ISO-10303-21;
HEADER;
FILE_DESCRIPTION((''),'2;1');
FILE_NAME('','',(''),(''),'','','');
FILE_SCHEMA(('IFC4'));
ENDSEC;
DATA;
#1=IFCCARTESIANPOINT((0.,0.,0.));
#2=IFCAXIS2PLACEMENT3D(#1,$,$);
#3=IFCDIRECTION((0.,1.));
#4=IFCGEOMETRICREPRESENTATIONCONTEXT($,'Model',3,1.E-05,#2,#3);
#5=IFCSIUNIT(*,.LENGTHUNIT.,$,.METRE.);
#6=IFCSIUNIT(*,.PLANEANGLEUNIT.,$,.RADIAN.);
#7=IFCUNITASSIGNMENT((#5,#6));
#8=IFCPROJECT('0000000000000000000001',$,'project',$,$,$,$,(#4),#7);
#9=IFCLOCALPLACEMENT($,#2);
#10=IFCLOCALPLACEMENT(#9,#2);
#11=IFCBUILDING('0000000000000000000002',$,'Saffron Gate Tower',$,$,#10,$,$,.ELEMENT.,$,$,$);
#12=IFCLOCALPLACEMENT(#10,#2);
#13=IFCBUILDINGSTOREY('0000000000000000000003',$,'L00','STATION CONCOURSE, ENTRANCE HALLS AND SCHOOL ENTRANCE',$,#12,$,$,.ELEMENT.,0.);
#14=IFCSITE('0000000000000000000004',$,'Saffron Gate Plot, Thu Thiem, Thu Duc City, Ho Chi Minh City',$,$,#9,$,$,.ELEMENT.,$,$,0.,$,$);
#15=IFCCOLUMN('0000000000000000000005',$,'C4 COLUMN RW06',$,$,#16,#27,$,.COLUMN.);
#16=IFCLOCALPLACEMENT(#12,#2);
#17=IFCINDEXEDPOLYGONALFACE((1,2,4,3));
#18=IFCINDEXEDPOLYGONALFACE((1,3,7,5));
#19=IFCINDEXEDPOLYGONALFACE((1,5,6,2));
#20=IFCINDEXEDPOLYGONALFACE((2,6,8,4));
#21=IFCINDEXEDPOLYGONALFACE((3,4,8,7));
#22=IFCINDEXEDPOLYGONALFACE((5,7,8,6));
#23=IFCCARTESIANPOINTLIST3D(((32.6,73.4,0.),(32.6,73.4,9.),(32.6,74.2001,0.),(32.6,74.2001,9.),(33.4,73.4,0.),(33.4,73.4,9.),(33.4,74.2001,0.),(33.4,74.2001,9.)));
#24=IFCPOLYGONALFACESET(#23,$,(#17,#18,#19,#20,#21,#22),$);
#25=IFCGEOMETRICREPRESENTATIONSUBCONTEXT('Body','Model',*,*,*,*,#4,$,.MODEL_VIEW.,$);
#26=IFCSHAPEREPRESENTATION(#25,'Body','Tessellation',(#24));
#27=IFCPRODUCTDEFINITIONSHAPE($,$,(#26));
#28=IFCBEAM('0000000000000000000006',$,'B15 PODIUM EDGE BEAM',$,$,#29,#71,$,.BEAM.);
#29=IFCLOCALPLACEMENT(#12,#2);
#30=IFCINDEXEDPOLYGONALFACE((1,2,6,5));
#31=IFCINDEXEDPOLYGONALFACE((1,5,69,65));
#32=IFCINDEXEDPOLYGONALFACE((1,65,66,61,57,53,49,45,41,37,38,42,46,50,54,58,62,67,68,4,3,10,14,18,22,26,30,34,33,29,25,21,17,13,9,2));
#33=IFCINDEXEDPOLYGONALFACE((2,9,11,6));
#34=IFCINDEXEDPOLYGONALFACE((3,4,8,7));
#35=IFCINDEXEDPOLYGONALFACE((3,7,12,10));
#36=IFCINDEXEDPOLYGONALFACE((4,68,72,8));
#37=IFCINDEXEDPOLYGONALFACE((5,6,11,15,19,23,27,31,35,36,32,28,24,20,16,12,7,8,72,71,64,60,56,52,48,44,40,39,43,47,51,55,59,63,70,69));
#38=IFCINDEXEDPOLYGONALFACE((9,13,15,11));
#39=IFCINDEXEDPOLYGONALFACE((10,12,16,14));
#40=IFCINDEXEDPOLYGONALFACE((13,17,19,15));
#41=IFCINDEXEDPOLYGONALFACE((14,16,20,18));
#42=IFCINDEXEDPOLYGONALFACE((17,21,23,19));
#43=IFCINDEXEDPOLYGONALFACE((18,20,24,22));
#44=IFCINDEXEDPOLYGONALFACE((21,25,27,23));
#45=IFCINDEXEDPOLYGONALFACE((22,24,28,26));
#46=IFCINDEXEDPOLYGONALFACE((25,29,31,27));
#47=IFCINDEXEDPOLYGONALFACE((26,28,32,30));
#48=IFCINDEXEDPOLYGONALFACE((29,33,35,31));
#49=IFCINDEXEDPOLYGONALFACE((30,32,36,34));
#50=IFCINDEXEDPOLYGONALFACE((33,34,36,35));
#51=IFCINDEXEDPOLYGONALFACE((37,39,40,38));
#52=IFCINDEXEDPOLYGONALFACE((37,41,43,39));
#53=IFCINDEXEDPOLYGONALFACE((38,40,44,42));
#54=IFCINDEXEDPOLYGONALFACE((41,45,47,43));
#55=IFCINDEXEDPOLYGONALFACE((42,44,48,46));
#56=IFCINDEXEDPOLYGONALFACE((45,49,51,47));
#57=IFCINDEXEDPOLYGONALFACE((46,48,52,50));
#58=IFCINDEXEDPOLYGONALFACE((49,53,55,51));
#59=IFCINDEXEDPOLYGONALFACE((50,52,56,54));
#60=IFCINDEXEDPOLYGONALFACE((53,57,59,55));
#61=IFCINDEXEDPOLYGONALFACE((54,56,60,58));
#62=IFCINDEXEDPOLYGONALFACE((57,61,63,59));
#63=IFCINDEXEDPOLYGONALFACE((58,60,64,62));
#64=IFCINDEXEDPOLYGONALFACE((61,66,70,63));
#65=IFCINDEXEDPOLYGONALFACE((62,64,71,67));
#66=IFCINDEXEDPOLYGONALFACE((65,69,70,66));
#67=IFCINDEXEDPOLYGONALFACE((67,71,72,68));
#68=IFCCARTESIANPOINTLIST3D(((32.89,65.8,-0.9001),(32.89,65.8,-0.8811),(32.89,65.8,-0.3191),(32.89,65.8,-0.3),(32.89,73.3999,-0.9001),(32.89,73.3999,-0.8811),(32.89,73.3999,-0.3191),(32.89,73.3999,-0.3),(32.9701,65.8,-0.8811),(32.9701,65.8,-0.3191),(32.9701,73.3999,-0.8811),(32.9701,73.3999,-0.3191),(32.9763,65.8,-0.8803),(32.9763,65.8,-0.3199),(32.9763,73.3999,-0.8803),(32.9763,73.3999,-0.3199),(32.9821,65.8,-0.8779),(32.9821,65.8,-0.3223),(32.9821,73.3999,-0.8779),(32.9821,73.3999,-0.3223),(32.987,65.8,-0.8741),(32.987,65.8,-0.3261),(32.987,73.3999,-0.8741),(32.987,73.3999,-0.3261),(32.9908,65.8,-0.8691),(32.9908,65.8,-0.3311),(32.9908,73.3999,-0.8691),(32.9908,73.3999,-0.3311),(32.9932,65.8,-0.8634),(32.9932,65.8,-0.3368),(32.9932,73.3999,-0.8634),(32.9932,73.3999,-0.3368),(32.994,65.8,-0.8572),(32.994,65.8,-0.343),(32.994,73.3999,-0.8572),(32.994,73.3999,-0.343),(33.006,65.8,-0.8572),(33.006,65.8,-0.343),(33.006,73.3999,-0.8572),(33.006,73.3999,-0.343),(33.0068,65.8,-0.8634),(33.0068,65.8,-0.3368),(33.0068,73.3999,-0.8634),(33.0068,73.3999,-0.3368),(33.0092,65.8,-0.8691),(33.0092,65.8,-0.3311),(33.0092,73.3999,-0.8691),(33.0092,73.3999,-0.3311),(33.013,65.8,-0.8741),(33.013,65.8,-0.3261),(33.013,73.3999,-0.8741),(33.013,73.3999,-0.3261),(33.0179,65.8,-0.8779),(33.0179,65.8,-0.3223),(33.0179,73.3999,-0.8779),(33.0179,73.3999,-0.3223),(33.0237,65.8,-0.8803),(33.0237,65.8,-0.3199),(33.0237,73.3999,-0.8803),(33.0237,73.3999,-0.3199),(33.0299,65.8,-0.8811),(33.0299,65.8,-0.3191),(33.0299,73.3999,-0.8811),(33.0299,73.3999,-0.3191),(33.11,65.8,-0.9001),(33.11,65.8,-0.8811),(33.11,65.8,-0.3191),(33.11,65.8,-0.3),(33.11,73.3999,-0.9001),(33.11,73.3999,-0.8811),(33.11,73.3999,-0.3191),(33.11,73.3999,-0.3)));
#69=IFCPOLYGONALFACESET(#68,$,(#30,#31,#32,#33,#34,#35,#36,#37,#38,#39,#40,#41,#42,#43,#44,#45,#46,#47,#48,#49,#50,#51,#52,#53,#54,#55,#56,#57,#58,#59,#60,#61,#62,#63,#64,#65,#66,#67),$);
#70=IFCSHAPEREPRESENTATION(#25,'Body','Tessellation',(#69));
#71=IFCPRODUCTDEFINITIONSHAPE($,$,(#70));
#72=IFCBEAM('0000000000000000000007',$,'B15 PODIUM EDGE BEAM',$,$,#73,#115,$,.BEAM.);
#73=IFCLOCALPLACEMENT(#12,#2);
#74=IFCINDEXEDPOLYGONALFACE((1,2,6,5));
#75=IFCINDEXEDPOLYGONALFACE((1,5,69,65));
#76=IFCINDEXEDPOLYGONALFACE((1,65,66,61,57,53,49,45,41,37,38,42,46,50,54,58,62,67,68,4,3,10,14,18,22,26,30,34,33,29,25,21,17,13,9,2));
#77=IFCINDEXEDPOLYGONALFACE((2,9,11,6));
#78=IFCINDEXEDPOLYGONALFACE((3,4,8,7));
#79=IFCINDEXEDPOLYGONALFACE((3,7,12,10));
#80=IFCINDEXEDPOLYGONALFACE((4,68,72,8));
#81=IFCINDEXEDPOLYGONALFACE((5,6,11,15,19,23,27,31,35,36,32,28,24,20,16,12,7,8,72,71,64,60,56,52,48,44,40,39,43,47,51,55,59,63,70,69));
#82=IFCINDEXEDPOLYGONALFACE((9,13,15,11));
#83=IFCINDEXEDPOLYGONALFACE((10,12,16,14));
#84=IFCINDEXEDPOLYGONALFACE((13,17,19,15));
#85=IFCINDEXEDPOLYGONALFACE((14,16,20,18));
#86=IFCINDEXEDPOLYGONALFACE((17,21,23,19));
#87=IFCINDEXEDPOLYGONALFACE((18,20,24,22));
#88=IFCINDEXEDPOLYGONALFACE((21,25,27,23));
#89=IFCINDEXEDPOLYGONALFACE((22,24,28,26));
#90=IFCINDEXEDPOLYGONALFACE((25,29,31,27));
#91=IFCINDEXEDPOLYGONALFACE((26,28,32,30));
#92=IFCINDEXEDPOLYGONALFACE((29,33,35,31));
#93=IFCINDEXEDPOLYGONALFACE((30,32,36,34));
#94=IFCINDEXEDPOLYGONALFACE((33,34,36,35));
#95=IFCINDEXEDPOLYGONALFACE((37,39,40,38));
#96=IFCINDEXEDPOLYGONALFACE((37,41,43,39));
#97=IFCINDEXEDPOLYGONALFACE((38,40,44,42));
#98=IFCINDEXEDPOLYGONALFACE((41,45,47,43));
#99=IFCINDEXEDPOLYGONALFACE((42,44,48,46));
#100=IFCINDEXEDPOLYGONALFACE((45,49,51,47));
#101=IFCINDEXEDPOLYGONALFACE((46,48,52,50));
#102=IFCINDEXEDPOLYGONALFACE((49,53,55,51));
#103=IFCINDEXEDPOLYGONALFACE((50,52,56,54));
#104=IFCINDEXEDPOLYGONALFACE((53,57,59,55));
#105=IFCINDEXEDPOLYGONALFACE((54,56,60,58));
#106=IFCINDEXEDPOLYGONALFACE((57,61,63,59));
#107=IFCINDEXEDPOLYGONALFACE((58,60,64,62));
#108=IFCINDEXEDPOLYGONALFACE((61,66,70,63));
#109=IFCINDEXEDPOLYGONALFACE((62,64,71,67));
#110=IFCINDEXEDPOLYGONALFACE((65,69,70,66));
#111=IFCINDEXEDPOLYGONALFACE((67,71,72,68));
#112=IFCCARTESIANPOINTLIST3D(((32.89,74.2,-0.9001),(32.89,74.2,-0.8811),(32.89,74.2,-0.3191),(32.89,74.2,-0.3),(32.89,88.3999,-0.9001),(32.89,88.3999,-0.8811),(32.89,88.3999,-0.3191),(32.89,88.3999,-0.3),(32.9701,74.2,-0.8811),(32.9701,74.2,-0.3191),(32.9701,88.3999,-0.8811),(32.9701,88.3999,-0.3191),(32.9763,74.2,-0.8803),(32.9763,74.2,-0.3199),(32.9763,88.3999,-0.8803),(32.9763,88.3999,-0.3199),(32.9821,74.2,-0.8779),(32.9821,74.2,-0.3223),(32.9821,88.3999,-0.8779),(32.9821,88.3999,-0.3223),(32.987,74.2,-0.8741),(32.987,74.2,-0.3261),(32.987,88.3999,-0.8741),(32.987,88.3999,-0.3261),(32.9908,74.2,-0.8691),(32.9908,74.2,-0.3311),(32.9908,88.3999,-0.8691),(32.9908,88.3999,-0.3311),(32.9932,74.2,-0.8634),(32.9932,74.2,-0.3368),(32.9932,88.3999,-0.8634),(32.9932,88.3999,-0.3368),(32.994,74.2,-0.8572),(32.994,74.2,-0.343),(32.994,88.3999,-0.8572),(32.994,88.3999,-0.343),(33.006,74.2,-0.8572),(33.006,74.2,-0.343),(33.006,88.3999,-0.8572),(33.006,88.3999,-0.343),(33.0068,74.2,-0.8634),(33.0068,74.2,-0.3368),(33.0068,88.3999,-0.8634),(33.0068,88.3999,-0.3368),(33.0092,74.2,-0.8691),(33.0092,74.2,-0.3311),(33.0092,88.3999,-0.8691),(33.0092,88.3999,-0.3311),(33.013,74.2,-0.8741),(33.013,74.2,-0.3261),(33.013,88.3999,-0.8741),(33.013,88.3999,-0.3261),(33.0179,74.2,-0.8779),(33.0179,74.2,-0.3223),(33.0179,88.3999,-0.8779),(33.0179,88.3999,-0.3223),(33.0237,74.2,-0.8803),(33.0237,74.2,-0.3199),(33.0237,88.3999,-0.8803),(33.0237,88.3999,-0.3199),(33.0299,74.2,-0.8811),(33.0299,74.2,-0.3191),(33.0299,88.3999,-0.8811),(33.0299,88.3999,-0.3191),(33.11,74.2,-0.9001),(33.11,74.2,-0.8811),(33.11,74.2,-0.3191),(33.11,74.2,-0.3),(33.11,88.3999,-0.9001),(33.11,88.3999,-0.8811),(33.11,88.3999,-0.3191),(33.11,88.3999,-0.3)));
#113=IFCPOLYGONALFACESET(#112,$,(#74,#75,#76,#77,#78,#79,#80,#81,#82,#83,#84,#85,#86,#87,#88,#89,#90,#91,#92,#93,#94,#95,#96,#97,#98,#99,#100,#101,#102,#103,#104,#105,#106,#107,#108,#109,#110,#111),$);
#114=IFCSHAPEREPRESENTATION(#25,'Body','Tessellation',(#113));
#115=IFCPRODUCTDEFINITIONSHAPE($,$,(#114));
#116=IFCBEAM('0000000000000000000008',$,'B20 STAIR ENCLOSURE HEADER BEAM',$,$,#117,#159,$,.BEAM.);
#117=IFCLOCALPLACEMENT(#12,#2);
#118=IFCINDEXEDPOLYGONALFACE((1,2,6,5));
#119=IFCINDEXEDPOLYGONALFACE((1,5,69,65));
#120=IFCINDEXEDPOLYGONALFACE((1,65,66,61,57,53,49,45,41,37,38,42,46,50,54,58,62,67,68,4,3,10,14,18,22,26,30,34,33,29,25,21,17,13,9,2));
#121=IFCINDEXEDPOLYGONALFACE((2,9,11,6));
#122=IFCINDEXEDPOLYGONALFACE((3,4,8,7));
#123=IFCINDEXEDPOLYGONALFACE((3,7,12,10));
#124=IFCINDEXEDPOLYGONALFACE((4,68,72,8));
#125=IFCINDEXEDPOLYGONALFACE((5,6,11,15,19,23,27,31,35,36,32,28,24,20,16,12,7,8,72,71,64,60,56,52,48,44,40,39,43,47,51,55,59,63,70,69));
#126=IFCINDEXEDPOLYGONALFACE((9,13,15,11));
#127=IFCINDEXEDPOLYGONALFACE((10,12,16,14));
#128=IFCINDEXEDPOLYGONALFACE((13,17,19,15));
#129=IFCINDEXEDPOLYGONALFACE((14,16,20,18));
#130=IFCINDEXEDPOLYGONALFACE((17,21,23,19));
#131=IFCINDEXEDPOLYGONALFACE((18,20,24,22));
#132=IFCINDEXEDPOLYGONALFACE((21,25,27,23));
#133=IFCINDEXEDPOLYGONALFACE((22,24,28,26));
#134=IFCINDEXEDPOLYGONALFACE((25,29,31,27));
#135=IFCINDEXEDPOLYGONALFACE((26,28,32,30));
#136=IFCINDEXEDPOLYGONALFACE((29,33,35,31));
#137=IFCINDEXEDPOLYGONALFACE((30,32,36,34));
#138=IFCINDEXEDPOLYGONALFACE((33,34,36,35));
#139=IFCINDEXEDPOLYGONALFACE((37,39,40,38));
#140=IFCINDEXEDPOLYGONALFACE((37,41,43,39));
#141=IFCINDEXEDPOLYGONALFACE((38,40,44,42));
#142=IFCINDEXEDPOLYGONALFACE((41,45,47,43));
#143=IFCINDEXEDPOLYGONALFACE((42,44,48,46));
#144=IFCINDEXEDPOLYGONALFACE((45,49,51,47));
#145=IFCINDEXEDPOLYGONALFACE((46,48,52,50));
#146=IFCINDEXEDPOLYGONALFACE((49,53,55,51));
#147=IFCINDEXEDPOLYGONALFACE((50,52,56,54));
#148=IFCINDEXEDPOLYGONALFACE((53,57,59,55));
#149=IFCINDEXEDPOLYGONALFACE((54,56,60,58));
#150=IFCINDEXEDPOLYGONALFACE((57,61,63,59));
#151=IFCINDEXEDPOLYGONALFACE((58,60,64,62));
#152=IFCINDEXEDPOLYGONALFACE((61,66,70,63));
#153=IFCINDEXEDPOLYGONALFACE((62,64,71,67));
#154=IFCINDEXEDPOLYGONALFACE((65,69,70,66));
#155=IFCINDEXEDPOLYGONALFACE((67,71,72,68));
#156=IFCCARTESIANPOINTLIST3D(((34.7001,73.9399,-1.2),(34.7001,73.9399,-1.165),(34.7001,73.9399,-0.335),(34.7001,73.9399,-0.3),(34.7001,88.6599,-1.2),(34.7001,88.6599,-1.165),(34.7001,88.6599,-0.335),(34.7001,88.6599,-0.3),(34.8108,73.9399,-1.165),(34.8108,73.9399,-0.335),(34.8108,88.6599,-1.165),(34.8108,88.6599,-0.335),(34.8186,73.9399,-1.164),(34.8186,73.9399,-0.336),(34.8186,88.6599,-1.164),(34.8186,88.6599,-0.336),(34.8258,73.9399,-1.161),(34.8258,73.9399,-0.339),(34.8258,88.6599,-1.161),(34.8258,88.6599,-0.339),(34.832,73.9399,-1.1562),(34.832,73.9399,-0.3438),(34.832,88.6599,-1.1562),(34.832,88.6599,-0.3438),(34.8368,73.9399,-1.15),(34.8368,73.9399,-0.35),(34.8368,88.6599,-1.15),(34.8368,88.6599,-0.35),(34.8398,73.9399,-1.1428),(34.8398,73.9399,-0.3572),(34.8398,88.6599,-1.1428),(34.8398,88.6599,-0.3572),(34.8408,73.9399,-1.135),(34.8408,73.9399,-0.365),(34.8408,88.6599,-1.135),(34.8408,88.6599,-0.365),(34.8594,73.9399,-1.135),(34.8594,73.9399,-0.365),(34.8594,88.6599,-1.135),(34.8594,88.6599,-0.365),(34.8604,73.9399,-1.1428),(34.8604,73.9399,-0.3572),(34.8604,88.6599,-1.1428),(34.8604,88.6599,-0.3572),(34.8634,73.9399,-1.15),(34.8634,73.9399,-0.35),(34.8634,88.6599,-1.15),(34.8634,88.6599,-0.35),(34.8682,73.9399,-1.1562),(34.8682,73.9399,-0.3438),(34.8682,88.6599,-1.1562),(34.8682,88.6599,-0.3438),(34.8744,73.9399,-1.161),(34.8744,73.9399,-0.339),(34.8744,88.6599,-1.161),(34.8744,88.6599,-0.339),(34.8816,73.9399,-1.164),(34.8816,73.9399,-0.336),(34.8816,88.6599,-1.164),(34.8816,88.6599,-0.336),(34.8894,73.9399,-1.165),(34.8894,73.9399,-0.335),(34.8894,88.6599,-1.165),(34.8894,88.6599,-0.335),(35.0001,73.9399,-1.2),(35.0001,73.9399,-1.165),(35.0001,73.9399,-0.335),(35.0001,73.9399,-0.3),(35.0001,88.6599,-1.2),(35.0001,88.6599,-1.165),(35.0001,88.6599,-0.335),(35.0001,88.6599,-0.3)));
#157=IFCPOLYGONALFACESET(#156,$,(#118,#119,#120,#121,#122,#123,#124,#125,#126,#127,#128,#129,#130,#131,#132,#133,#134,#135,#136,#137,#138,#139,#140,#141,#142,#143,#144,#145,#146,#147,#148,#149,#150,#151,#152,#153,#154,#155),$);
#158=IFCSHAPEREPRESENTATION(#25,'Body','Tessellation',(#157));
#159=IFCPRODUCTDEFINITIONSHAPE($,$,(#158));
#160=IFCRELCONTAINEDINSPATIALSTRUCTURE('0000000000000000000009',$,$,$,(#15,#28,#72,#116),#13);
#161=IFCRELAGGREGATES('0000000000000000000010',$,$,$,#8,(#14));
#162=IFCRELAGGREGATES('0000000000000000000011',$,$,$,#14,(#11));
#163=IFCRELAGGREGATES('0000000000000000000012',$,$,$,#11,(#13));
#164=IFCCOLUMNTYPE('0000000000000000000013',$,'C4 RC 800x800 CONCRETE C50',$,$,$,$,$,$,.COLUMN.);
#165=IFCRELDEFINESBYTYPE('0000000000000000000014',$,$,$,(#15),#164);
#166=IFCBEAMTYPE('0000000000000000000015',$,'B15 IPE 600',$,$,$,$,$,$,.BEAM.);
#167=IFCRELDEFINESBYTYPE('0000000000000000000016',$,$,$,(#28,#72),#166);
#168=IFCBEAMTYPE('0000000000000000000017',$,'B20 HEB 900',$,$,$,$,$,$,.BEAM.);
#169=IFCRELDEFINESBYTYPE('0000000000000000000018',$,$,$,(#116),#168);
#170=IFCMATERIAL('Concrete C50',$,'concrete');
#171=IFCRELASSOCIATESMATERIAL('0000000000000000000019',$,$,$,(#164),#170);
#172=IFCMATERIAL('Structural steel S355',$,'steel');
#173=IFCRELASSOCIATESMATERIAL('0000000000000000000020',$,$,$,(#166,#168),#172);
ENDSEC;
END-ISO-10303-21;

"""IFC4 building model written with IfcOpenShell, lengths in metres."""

from ifc_helpers import new_model, si_unit, direction, frame, origin, origin_2d, place, context, subcontext, project, spatial, rectangle, i_section, extrude, material, material_profile, profile_set, type_object, element, save


model = new_model("IFC4")

# Units and contexts
model_context = context("Model", 3, precision=1e-05, world=origin(), true_north=direction((0.0, 1.0)))
body_context = subcontext(model_context, "Body", "Model", "MODEL_VIEW")
ifc_project = project(units=[si_unit("LENGTHUNIT", "METRE"), si_unit("PLANEANGLEUNIT", "RADIAN")], contexts=[model_context])

# Site, building, storey
site_placement = place(None, origin())
site = spatial("IfcSite", under=ifc_project, at=site_placement, Name="Saffron Gate Plot, Thu Thiem, Thu Duc City, Ho Chi Minh City", CompositionType="ELEMENT", RefElevation=0.0)
building_placement = place(site_placement, origin())
building = spatial("IfcBuilding", under=site, at=building_placement, Name="Saffron Gate Tower", CompositionType="ELEMENT")
storey_placement = place(building_placement, origin())
storey = spatial("IfcBuildingStorey", under=building, at=storey_placement, Name="L00", Description="STATION CONCOURSE, ENTRANCE HALLS AND SCHOOL ENTRANCE", CompositionType="ELEMENT", Elevation=0.0)

# Column
ifc_material_1 = material(Name="Concrete C50", Category="concrete")
ifc_material_profile_1 = material_profile(ifc_material_1, rectangle(XDim=0.8, YDim=0.8, at=origin_2d()))
ifc_profile_set_1 = profile_set([ifc_material_profile_1], Name="Concrete C50")
column_type = type_object("IfcColumnType", Name="C4 RC 800x800 CONCRETE C50", PredefinedType="COLUMN", material=ifc_profile_set_1)
column_placement = place(storey_placement, frame((33.0, 73.8, 0.0), z_axis=(0.0, 0.0, 1.0), x_axis=(1.0, 0.0, 0.0)))
element("IfcColumn", 1, at=column_placement, inside=storey, type_object=column_type, Name="C4 COLUMN RW06", PredefinedType="COLUMN", context=body_context, shape_type="SweptSolid", body=[
    extrude(rectangle(XDim=0.8, YDim=0.8, at=origin_2d()), origin(), (0.0, 0.0, 1.0), 9.0),
])

# Beams
ifc_material_2 = material(Name="Structural steel S355", Category="steel")
ifc_material_profile_2 = material_profile(ifc_material_2, i_section(OverallWidth=0.22, OverallDepth=0.6001, WebThickness=0.012, FlangeThickness=0.019, FilletRadius=0.0239, at=origin_2d()))
ifc_profile_set_2 = profile_set([ifc_material_profile_2], Name="Structural steel S355")
beam_type_1 = type_object("IfcBeamType", Name="B15 IPE 600", PredefinedType="BEAM", material=ifc_profile_set_2)
beam_1_placement = place(storey_placement, frame((33.0, 65.8, -0.6001), z_axis=(0.0, 1.0, 0.0), x_axis=(-1.0, 0.0, 0.0)))
element("IfcBeam", 2, at=beam_1_placement, inside=storey, type_object=beam_type_1, Name="B15 PODIUM EDGE BEAM", PredefinedType="BEAM", context=body_context, shape_type="SweptSolid", body=[
    extrude(i_section(OverallWidth=0.22, OverallDepth=0.6001, WebThickness=0.012, FlangeThickness=0.019, FilletRadius=0.0239, at=origin_2d()), origin(), (0.0, 0.0, 1.0), 7.5999),
])
beam_2_placement = place(storey_placement, frame((33.0, 74.2, -0.6001), z_axis=(0.0, 1.0, 0.0), x_axis=(-1.0, 0.0, 0.0)))
element("IfcBeam", 3, at=beam_2_placement, inside=storey, type_object=beam_type_1, Name="B15 PODIUM EDGE BEAM", PredefinedType="BEAM", context=body_context, shape_type="SweptSolid", body=[
    extrude(i_section(OverallWidth=0.22, OverallDepth=0.6001, WebThickness=0.012, FlangeThickness=0.019, FilletRadius=0.0239, at=origin_2d()), origin(), (0.0, 0.0, 1.0), 14.2),
])
ifc_material_profile_3 = material_profile(ifc_material_2, i_section(OverallWidth=0.3, OverallDepth=0.8999, WebThickness=0.0186, FlangeThickness=0.0349, FilletRadius=0.03, at=origin_2d()))
ifc_profile_set_3 = profile_set([ifc_material_profile_3], Name="Structural steel S355")
beam_type_2 = type_object("IfcBeamType", Name="B20 HEB 900", PredefinedType="BEAM", material=ifc_profile_set_3)
beam_3_placement = place(storey_placement, frame((34.8501, 73.9399, -0.75), z_axis=(0.0, 1.0, 0.0), x_axis=(-1.0, 0.0, 0.0)))
element("IfcBeam", 4, at=beam_3_placement, inside=storey, type_object=beam_type_2, Name="B20 STAIR ENCLOSURE HEADER BEAM", PredefinedType="BEAM", context=body_context, shape_type="SweptSolid", body=[
    extrude(i_section(OverallWidth=0.3, OverallDepth=0.8999, WebThickness=0.0186, FlangeThickness=0.0349, FilletRadius=0.03, at=origin_2d()), origin(), (0.0, 0.0, 1.0), 14.72),
])

save(model, "model.ifc")
